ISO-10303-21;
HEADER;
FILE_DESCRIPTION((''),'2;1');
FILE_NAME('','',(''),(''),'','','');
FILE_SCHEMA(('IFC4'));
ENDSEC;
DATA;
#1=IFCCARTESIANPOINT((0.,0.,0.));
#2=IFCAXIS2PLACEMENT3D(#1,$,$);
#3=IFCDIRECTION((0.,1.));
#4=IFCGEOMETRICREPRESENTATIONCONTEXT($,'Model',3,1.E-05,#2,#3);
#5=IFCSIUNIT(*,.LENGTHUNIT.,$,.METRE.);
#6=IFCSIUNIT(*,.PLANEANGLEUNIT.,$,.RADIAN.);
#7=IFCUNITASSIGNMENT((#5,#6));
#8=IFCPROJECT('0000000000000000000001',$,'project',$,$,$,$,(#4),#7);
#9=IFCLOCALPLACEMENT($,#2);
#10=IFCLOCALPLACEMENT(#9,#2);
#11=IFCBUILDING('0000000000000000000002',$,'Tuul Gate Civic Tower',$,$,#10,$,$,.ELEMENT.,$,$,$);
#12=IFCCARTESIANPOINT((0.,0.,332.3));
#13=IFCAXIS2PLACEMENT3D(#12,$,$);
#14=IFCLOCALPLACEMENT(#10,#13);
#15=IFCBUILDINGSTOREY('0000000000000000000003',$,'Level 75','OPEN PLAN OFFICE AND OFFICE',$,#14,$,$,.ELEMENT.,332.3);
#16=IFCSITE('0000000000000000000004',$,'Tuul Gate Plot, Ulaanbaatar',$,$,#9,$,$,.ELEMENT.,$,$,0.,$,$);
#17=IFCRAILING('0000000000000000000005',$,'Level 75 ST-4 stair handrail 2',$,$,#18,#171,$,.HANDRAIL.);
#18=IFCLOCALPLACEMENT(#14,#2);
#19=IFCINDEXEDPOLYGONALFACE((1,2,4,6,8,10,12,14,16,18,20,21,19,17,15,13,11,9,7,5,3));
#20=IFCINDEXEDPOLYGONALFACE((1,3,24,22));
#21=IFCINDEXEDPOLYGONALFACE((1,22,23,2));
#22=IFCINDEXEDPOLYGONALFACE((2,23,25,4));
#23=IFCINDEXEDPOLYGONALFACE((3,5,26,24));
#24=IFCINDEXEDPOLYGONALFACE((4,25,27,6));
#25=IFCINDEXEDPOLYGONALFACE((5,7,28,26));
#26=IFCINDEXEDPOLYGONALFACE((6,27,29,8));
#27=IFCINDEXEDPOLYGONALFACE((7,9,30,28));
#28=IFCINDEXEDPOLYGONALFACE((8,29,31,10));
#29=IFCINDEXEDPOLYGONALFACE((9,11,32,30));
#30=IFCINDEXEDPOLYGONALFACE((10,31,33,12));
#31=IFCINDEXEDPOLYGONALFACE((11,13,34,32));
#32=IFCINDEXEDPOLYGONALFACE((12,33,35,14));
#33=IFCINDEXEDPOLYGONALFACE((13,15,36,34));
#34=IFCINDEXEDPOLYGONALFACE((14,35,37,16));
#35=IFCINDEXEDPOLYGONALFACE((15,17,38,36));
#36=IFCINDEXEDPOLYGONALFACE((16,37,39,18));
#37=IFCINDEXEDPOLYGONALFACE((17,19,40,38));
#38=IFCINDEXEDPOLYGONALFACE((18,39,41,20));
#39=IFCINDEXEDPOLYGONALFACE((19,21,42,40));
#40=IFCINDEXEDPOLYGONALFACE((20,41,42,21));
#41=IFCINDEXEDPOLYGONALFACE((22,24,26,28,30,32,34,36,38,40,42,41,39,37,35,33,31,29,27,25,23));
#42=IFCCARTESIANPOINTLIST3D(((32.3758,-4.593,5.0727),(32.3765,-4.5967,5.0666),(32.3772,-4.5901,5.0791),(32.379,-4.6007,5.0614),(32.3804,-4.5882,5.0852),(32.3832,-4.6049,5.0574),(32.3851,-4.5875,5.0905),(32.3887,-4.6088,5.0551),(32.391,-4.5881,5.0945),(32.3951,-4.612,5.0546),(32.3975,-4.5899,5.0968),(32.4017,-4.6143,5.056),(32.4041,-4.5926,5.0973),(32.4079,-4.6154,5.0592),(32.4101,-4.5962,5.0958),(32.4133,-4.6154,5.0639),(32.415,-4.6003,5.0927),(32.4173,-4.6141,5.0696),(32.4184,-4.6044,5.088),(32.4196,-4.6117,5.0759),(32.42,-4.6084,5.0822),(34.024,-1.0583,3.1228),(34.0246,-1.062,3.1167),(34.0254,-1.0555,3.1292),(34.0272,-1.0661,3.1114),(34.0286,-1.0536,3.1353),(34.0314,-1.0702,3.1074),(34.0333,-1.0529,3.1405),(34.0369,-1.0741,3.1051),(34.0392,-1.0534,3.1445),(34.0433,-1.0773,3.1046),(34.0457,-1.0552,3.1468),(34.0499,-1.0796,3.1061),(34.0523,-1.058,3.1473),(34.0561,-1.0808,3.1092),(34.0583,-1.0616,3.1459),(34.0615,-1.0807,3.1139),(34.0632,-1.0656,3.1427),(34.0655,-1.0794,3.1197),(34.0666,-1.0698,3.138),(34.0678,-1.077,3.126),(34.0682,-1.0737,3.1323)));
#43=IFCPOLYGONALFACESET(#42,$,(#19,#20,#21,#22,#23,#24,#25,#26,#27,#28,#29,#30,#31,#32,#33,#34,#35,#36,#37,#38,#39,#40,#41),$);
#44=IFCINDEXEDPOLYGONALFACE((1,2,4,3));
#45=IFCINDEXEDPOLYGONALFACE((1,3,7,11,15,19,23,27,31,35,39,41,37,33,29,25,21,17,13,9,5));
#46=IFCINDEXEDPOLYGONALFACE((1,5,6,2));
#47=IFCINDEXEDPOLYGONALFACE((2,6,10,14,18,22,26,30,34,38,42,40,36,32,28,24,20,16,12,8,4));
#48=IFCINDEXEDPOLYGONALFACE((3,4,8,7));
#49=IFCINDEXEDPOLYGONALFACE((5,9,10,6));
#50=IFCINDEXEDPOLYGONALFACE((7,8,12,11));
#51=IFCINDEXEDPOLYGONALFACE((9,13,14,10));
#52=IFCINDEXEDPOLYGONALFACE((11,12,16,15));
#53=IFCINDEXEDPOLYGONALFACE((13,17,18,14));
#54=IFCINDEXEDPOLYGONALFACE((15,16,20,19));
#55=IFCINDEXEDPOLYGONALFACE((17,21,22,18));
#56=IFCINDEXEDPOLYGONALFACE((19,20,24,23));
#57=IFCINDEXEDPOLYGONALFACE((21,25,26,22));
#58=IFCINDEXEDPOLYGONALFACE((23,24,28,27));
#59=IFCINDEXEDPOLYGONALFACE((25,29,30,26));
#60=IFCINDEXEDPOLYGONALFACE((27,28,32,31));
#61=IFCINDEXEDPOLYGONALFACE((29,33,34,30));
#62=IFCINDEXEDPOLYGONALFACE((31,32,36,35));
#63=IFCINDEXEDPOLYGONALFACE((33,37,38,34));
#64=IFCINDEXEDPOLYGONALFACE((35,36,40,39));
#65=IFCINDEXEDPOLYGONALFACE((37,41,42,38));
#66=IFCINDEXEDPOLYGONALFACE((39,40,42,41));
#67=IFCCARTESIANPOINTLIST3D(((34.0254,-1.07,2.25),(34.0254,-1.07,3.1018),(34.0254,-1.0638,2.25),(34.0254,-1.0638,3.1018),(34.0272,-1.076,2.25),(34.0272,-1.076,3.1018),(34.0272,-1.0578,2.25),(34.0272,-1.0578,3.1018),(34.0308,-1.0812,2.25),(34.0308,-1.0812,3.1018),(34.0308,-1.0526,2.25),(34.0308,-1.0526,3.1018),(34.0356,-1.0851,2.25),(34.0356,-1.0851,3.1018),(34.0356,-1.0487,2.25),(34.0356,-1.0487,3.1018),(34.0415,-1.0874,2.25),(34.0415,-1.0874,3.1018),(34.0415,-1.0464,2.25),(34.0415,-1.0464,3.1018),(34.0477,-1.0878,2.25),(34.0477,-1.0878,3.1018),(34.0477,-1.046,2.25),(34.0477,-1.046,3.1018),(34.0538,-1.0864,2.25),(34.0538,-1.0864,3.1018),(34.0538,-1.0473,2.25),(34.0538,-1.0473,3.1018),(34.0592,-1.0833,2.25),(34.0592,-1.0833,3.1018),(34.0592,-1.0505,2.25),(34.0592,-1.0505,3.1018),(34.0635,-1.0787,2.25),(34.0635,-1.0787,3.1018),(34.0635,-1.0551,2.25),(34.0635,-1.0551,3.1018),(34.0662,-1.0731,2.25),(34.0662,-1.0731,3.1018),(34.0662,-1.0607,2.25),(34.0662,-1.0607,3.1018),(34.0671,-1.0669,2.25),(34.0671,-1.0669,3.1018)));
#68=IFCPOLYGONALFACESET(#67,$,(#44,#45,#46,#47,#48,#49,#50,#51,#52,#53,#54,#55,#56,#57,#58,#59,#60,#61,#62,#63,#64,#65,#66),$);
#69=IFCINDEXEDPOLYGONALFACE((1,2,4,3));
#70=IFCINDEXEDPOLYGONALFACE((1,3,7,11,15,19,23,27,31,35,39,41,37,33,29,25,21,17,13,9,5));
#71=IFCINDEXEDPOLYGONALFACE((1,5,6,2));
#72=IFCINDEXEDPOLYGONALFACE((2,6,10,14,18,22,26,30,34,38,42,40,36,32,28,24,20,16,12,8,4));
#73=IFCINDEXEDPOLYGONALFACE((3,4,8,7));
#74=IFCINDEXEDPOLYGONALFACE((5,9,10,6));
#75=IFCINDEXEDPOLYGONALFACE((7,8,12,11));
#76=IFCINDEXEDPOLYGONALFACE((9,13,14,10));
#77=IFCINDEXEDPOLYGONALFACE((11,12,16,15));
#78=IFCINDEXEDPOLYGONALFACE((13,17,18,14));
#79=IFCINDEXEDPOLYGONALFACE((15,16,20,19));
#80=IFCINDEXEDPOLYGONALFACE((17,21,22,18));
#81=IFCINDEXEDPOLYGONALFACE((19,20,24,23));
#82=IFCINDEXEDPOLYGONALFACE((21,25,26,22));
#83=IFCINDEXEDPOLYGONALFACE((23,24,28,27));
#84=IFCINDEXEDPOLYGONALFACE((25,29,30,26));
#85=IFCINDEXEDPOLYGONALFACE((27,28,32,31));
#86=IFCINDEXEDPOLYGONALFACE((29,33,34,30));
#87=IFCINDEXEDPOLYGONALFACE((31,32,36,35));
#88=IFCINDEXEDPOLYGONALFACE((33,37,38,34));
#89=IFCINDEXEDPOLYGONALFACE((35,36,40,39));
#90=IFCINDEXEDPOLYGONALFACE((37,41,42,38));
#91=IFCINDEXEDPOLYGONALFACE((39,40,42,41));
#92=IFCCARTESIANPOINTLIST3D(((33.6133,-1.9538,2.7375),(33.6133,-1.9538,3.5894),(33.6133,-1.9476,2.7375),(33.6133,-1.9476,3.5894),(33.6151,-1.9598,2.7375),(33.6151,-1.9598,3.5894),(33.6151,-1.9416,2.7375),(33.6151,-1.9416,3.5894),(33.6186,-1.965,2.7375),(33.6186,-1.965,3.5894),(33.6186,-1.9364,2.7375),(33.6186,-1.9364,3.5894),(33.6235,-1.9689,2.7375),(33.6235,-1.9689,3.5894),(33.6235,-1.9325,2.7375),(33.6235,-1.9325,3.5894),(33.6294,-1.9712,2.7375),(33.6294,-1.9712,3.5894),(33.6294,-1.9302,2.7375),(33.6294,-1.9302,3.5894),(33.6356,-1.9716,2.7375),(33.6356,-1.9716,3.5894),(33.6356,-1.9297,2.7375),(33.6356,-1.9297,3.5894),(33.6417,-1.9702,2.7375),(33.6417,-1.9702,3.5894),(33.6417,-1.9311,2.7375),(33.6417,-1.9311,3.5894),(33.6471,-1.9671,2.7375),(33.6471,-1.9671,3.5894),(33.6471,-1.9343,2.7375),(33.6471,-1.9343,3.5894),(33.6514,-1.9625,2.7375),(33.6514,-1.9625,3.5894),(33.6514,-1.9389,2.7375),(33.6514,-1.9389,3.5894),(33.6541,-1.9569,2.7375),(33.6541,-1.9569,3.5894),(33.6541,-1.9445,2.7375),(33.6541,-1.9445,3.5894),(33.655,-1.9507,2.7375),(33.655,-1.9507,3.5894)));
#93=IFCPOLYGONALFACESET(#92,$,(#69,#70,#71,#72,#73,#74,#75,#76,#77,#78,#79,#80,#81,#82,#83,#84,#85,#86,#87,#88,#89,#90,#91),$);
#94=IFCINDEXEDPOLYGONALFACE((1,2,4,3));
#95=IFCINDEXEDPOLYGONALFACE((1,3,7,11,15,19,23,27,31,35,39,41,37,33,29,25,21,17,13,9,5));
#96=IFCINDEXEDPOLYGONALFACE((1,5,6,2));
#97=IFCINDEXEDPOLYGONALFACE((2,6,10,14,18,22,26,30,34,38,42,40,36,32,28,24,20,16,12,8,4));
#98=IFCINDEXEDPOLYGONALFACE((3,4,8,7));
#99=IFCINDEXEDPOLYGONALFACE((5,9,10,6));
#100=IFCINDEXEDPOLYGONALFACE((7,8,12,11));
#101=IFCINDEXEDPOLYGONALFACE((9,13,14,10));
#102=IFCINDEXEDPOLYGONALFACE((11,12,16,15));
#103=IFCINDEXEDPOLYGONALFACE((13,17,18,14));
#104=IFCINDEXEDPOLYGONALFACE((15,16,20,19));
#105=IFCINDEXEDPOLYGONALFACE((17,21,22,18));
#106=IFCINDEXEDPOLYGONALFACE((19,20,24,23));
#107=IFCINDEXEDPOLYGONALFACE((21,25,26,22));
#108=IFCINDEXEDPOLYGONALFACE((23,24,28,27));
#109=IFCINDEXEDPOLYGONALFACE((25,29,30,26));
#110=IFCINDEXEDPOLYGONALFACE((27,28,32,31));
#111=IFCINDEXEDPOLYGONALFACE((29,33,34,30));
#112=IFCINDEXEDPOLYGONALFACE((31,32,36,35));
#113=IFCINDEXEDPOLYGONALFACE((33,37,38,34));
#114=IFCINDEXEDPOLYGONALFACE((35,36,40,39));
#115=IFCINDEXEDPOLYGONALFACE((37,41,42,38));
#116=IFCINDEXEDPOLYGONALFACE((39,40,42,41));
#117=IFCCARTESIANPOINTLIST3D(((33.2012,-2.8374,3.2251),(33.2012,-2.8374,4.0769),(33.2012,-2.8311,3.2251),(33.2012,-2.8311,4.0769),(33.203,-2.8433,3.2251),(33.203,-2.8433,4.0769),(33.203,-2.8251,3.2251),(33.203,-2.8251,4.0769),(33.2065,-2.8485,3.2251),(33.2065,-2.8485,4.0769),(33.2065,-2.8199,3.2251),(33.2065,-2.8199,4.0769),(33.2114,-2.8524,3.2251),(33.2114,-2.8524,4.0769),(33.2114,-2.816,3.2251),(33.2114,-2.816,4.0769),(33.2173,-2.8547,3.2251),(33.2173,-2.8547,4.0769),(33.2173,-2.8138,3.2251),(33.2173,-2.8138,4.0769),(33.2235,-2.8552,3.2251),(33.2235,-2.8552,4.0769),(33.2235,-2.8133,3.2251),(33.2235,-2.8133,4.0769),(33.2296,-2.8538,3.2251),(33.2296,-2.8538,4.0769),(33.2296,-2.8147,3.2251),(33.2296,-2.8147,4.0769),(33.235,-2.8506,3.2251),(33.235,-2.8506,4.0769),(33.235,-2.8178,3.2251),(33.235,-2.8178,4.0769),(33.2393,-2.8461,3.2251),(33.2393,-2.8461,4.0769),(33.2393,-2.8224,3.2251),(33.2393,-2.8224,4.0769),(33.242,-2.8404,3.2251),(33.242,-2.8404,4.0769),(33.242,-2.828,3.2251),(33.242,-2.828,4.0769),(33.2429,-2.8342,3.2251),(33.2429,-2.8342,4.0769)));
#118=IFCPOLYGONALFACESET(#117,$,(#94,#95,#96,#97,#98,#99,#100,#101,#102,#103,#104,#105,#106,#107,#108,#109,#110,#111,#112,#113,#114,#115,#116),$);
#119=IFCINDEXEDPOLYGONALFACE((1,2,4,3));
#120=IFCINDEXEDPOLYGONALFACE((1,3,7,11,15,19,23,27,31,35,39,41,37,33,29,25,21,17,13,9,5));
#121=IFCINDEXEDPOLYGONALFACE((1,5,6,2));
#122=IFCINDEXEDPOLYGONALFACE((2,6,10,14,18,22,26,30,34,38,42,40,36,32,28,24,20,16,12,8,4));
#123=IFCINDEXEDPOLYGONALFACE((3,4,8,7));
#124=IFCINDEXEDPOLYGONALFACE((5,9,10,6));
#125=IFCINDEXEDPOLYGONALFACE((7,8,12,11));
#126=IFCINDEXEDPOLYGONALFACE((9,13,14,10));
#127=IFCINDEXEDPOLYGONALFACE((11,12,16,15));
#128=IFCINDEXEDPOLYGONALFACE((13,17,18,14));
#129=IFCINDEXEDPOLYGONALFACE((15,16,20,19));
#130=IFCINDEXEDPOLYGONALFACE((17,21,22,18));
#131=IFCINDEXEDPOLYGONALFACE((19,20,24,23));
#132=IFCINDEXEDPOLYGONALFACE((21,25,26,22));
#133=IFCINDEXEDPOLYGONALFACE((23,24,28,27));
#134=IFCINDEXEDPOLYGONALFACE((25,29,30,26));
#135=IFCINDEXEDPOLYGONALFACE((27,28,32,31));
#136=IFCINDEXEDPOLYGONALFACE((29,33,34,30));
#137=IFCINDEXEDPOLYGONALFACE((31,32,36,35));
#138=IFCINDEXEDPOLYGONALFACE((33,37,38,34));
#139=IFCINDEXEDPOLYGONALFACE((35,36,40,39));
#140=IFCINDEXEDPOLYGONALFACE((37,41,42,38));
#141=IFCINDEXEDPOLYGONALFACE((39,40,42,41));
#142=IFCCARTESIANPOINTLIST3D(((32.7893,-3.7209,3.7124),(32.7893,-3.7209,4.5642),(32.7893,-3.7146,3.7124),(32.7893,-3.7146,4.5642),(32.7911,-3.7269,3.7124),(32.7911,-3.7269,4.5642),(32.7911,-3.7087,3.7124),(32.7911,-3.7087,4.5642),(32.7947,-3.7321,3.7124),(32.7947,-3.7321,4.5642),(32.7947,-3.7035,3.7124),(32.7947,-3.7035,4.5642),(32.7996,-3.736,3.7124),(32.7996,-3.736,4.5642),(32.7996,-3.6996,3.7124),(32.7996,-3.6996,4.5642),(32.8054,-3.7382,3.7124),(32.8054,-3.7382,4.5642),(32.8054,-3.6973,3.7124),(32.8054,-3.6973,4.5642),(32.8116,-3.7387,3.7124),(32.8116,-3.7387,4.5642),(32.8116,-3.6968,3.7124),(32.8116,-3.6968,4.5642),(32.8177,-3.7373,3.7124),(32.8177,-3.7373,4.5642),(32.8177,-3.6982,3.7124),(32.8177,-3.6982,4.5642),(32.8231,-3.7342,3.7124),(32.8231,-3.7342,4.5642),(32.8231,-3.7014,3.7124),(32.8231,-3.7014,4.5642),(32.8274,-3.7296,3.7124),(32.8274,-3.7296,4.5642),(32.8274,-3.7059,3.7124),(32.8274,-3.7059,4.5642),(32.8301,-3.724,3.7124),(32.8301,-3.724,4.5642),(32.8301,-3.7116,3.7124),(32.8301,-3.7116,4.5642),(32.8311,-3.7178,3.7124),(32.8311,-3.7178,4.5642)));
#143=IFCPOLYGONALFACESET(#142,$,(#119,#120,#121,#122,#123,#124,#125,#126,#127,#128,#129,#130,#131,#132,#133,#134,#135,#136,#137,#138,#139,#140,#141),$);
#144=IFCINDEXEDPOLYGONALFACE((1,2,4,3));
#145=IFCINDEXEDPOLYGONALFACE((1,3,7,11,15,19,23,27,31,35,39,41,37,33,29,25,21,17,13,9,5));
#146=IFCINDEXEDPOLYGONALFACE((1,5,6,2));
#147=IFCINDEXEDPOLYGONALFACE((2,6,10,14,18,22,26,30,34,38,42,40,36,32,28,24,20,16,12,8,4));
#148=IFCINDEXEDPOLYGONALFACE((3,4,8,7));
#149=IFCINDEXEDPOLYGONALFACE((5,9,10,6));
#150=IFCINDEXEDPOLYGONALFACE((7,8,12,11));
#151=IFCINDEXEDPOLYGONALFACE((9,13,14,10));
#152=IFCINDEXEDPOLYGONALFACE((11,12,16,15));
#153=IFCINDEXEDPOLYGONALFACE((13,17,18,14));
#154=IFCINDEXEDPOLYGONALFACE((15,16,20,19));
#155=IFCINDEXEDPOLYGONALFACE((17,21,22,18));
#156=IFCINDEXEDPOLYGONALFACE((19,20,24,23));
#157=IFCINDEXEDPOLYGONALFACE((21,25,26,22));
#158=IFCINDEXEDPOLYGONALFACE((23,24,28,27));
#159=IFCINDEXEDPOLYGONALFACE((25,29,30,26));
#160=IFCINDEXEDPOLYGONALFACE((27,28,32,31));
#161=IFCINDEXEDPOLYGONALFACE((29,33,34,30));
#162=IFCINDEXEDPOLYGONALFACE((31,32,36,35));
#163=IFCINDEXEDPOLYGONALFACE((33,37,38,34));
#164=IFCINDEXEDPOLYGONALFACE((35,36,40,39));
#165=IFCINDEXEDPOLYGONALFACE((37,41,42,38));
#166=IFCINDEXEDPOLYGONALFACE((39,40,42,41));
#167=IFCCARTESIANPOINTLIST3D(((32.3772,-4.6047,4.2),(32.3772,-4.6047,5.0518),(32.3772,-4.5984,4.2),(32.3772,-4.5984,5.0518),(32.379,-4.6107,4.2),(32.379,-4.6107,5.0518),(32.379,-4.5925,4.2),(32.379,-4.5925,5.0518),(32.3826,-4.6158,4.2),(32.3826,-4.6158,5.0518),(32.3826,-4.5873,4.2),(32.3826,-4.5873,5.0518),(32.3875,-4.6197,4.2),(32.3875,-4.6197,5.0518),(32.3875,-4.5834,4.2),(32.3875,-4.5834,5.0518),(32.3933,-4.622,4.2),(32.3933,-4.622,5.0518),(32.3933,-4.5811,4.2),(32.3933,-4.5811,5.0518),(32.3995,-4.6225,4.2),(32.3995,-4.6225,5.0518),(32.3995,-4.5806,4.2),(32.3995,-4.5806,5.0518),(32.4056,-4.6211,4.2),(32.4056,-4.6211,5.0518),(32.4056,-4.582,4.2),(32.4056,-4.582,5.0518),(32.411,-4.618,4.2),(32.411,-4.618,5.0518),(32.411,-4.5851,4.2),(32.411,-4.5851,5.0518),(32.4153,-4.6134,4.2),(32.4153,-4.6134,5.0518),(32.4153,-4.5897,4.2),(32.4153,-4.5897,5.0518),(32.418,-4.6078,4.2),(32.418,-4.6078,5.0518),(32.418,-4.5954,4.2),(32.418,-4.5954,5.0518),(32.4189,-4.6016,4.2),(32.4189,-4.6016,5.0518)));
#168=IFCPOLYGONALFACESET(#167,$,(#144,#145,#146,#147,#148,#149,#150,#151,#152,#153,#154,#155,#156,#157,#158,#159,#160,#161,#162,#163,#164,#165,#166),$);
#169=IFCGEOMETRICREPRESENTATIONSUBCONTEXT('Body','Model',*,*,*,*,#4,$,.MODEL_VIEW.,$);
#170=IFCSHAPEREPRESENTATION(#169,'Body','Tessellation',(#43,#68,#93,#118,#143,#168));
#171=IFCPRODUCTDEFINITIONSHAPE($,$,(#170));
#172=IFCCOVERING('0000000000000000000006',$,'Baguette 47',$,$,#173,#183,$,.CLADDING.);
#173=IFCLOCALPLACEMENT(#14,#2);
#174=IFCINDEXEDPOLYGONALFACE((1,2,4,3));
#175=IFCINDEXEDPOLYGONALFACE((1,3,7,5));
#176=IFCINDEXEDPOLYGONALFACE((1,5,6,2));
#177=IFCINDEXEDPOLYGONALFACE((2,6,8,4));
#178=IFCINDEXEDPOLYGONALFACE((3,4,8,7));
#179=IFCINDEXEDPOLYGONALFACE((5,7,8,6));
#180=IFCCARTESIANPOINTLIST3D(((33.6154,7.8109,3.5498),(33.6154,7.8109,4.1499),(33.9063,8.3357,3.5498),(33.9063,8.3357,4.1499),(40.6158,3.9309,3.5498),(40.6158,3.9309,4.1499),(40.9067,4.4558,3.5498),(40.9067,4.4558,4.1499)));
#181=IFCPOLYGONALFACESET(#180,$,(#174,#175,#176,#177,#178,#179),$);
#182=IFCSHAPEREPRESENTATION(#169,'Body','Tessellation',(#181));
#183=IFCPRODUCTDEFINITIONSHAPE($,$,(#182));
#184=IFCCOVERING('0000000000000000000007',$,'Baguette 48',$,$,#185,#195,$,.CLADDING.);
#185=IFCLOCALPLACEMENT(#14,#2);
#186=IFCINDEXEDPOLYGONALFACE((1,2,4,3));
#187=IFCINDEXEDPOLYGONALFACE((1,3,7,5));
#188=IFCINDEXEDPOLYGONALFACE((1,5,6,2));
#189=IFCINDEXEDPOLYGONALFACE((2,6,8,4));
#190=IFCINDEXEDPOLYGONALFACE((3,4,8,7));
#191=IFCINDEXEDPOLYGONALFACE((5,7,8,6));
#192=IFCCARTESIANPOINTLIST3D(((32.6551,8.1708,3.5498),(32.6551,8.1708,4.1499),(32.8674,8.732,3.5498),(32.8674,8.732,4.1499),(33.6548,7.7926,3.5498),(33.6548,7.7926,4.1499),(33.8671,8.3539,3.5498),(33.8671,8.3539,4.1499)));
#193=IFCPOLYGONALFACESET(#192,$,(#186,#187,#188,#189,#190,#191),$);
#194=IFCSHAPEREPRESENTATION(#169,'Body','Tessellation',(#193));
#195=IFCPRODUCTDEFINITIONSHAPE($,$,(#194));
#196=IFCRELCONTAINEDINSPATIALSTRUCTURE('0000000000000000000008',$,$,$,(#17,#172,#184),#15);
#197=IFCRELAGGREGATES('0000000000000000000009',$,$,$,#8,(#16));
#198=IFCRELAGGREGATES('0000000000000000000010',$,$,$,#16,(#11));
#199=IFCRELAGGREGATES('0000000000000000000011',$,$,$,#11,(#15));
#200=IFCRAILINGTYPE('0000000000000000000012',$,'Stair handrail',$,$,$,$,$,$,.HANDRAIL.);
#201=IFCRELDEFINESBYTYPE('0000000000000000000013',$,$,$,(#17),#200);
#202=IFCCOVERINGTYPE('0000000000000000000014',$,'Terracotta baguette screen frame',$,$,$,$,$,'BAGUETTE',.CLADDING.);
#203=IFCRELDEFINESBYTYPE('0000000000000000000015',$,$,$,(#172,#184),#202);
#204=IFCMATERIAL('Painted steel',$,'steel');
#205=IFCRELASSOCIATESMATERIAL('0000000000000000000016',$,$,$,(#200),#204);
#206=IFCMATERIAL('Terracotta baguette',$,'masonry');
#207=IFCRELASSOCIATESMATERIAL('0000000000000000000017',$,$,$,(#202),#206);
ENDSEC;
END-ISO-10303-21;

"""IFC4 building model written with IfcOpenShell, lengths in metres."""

from ifc_helpers import new_model, si_unit, direction, frame, origin, origin_2d, place, context, subcontext, project, spatial, rectangle, circle, extrude, material, material_profile, profile_set, type_object, element, save


model = new_model("IFC4")

# Units and contexts
model_context = context("Model", 3, precision=1e-05, world=origin(), true_north=direction((0.0, 1.0)))
body_context = subcontext(model_context, "Body", "Model", "MODEL_VIEW")
ifc_project = project(units=[si_unit("LENGTHUNIT", "METRE"), si_unit("PLANEANGLEUNIT", "RADIAN")], contexts=[model_context])

# Site, building, storey
site_placement = place(None, origin())
site = spatial("IfcSite", under=ifc_project, at=site_placement, Name="Tuul Gate Plot, Ulaanbaatar", CompositionType="ELEMENT", RefElevation=0.0)
building_placement = place(site_placement, origin())
building = spatial("IfcBuilding", under=site, at=building_placement, Name="Tuul Gate Civic Tower", CompositionType="ELEMENT")
storey_placement = place(building_placement, frame((0.0, 0.0, 332.3)))
storey = spatial("IfcBuildingStorey", under=building, at=storey_placement, Name="Level 75", Description="OPEN PLAN OFFICE AND OFFICE", CompositionType="ELEMENT", Elevation=332.3)

# Railing
ifc_material_1 = material(Name="Painted steel", Category="steel")
railing_type_1 = type_object("IfcRailingType", Name="Stair handrail", PredefinedType="HANDRAIL", material=ifc_material_1)
railing_1_placement = place(storey_placement, frame((34.0461, -1.0669, 2.25)))
element("IfcRailing", 1, at=railing_1_placement, inside=storey, type_object=railing_type_1, Name="Level 75 ST-4 stair handrail 2", PredefinedType="HANDRAIL", context=body_context, shape_type="SweptSolid", body=[
    extrude(circle(Radius=0.0239, at=origin_2d()), frame((0.0, 0.0, 0.876), z_axis=(-0.377995, -0.810637, 0.4472), x_axis=(0.906313, -0.422608, 0.0)), (0.0, 0.0, 1.0), 4.3604),
    extrude(circle(Radius=0.021, at=origin_2d()), origin(), (0.0, 0.0, 1.0), 0.8518),
    extrude(circle(Radius=0.021, at=origin_2d()), frame((-0.4121, -0.8838, 0.4875)), (0.0, 0.0, 1.0), 0.8518),
    extrude(circle(Radius=0.021, at=origin_2d()), frame((-0.8242, -1.7673, 0.9751)), (0.0, 0.0, 1.0), 0.8518),
    extrude(circle(Radius=0.021, at=origin_2d()), frame((-1.2361, -2.6509, 1.4624)), (0.0, 0.0, 1.0), 0.8518),
    extrude(circle(Radius=0.021, at=origin_2d()), frame((-1.6482, -3.5347, 1.95)), (0.0, 0.0, 1.0), 0.8518),
])

# Coverings
ifc_material_2 = material(Name="Terracotta baguette", Category="masonry")
ifc_material_profile_1 = material_profile(ifc_material_2, rectangle(XDim=0.6001, YDim=0.6001, at=origin_2d()), Name="Terracotta baguette screen frame")
ifc_profile_set_1 = profile_set([ifc_material_profile_1], Name="Terracotta baguette")
covering_type = type_object("IfcCoveringType", Name="Terracotta baguette screen frame", ElementType="BAGUETTE", PredefinedType="CLADDING", material=ifc_profile_set_1)
covering_1_placement = place(storey_placement, frame((40.7612, 4.1934, 3.8499), z_axis=(-0.874642, 0.48477, 0.0), x_axis=(-0.48477, -0.874642, 0.0)))
element("IfcCovering", 2, at=covering_1_placement, inside=storey, type_object=covering_type, Name="Baguette 47", PredefinedType="CLADDING", context=body_context, shape_type="SweptSolid", body=[
    extrude(rectangle(XDim=0.6001, YDim=0.6001, at=origin_2d()), origin(), (0.0, 0.0, 1.0), 8.0037),
])
covering_2_placement = place(storey_placement, frame((33.761, 8.0732, 3.8499), z_axis=(-0.935321, 0.3538, 0.0), x_axis=(-0.3538, -0.935321, 0.0)))
element("IfcCovering", 3, at=covering_2_placement, inside=storey, type_object=covering_type, Name="Baguette 48", PredefinedType="CLADDING", context=body_context, shape_type="SweptSolid", body=[
    extrude(rectangle(XDim=0.6001, YDim=0.6001, at=origin_2d()), origin(), (0.0, 0.0, 1.0), 1.0688),
])

save(model, "model.ifc")
